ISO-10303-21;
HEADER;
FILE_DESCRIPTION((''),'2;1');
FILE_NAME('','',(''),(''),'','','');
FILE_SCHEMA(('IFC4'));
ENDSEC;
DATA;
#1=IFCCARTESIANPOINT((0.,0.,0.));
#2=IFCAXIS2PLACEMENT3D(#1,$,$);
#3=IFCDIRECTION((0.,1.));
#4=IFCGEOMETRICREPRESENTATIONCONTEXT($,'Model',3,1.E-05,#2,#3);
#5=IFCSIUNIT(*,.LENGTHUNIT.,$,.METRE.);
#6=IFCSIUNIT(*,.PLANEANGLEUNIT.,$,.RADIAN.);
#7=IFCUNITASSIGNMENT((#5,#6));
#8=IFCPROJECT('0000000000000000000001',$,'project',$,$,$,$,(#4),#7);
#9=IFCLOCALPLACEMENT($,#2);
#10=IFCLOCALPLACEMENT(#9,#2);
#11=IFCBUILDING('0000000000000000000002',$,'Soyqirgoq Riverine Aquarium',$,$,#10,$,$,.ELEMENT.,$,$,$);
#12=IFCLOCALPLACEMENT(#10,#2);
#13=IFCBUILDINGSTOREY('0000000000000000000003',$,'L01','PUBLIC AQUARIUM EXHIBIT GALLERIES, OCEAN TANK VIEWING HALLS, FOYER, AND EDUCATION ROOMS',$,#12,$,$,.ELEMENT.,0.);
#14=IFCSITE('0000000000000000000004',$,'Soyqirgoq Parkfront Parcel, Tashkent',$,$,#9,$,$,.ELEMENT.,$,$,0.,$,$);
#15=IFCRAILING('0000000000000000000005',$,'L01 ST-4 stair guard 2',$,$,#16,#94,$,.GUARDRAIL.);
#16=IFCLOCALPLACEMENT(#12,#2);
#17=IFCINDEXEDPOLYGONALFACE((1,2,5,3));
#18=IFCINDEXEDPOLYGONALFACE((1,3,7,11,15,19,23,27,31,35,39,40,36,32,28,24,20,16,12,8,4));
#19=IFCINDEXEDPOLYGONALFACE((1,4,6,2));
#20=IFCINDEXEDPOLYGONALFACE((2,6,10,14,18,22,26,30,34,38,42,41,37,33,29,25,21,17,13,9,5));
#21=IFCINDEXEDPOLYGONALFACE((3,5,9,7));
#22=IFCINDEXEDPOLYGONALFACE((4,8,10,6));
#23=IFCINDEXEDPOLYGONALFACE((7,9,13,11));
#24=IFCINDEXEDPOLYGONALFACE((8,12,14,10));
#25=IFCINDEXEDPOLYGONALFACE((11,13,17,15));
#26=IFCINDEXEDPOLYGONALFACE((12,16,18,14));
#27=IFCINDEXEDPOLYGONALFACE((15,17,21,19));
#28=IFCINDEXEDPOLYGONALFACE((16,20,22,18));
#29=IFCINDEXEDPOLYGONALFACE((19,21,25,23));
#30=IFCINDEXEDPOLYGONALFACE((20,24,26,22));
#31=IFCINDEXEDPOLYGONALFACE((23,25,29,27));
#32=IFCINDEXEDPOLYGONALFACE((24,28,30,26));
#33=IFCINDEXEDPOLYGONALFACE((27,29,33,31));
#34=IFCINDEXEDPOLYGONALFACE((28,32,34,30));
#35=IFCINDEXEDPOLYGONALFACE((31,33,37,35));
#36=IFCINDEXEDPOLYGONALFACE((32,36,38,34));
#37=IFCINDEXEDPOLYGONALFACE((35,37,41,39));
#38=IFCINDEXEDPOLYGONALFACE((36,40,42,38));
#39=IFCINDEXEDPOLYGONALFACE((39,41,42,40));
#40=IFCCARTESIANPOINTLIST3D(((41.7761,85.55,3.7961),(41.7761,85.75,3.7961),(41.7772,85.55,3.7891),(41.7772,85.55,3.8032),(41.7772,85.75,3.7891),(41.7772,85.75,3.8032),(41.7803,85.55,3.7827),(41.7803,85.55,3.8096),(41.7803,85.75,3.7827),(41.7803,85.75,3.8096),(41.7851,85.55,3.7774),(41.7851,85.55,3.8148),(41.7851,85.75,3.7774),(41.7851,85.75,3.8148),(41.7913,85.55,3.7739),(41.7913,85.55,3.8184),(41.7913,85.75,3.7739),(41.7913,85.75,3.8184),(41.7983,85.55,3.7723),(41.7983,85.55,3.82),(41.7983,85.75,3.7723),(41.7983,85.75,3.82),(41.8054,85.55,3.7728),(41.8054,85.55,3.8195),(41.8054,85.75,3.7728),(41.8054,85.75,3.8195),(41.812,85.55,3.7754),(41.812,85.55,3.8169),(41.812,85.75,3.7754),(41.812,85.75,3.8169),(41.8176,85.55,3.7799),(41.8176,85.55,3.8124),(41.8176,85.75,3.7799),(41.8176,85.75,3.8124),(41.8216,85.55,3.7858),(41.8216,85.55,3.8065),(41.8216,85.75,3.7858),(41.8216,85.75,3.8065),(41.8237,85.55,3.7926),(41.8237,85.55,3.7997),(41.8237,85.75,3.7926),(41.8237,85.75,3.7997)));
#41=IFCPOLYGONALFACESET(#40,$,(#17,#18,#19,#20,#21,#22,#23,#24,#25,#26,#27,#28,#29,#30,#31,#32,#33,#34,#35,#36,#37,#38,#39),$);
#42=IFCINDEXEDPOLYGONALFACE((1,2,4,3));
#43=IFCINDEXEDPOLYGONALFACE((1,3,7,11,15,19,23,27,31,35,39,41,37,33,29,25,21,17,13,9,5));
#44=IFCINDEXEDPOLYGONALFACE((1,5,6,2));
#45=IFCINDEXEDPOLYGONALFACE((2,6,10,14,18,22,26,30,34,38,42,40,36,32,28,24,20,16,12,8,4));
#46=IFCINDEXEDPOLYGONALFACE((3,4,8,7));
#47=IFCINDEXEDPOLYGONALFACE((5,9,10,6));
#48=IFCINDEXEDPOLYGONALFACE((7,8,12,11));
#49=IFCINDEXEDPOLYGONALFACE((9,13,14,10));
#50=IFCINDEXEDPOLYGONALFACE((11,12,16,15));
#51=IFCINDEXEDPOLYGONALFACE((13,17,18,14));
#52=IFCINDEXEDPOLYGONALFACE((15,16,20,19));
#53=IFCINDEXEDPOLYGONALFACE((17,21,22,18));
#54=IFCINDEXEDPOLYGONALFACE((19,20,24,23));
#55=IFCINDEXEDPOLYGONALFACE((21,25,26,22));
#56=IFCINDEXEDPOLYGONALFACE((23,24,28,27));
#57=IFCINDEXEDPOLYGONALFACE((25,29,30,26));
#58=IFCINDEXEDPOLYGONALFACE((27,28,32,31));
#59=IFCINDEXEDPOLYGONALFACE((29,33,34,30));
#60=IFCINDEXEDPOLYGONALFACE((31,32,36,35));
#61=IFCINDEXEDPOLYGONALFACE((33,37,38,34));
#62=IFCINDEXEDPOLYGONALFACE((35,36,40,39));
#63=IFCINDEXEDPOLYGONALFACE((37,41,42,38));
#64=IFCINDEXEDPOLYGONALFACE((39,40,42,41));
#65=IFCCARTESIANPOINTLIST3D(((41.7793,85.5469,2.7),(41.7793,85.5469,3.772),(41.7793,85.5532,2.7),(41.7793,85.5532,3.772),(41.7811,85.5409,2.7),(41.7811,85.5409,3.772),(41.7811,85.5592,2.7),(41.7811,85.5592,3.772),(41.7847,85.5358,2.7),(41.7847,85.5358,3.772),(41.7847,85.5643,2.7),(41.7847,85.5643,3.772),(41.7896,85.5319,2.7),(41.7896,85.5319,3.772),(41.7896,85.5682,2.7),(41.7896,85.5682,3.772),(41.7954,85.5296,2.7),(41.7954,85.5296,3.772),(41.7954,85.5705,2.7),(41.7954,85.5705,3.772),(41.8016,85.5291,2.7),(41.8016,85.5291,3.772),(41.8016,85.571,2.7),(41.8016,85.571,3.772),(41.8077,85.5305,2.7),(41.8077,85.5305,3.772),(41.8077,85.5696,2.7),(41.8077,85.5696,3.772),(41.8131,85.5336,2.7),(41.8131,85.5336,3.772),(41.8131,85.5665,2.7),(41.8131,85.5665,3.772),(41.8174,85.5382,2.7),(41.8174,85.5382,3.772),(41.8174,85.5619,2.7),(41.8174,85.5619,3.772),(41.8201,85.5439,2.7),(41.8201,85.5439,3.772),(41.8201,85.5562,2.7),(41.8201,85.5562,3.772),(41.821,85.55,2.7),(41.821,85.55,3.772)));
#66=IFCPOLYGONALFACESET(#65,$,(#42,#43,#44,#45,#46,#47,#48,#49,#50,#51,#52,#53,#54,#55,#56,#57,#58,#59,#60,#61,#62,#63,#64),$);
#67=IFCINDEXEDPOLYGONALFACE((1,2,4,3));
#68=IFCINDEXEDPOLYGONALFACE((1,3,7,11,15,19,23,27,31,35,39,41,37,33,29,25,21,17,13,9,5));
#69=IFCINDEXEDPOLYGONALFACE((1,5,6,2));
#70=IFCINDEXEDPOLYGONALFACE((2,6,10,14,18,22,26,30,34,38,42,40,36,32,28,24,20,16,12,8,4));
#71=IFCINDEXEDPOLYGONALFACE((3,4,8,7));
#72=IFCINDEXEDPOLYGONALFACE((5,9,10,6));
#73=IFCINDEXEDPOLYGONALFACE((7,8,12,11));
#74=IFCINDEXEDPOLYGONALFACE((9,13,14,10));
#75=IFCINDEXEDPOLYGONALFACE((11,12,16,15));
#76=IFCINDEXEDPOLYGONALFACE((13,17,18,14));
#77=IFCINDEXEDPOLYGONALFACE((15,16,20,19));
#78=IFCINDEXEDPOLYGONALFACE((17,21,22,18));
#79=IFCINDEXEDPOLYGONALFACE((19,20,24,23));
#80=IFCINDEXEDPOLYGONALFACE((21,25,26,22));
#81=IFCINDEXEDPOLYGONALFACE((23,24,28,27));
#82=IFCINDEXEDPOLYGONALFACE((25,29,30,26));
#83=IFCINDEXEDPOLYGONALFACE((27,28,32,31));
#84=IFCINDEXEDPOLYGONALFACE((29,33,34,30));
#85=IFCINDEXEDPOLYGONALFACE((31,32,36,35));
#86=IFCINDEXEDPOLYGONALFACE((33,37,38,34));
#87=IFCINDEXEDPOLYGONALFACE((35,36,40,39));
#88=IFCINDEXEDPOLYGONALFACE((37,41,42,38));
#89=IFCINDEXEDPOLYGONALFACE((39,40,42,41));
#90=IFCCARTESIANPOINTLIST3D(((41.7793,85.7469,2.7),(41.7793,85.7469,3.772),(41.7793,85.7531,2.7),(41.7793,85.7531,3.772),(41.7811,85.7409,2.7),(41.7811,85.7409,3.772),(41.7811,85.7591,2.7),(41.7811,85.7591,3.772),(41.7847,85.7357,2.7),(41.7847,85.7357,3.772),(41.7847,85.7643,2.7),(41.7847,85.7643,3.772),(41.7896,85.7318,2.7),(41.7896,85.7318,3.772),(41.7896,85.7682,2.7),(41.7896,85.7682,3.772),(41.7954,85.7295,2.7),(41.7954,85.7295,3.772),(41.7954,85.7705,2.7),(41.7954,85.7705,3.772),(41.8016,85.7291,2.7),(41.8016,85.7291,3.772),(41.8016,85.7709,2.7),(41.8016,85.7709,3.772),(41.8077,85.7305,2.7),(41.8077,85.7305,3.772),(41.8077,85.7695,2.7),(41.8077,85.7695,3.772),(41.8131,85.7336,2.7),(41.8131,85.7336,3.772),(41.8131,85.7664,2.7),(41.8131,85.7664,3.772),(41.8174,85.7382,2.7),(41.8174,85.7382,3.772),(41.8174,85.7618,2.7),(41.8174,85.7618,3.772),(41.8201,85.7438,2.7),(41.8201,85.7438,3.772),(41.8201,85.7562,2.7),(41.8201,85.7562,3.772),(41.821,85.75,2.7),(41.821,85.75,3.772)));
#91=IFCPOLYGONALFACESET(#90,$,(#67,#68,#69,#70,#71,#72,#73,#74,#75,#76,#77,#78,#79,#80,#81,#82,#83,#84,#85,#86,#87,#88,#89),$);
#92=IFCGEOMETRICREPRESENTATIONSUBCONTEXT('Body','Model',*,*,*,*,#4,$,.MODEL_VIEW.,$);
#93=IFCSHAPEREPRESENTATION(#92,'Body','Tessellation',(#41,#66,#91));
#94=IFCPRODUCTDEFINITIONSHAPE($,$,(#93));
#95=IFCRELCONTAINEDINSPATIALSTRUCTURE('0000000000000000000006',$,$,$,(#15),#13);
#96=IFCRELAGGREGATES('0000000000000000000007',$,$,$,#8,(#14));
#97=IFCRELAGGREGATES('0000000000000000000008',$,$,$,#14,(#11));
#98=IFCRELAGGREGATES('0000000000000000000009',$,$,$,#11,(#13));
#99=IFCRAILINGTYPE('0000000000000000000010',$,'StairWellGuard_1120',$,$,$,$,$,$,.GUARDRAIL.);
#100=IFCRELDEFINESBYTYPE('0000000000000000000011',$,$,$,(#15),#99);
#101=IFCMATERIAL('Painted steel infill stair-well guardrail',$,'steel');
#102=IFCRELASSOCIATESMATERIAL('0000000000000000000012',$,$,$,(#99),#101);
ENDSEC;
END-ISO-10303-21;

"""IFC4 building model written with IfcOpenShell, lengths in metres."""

from ifc_helpers import new_model, si_unit, direction, frame, origin, origin_2d, place, context, subcontext, project, spatial, circle, extrude, material, type_object, element, save


model = new_model("IFC4")

# Units and contexts
model_context = context("Model", 3, precision=1e-05, world=origin(), true_north=direction((0.0, 1.0)))
body_context = subcontext(model_context, "Body", "Model", "MODEL_VIEW")
ifc_project = project(units=[si_unit("LENGTHUNIT", "METRE"), si_unit("PLANEANGLEUNIT", "RADIAN")], contexts=[model_context])

# Site, building, storey
site_placement = place(None, origin())
site = spatial("IfcSite", under=ifc_project, at=site_placement, Name="Soyqirgoq Parkfront Parcel, Tashkent", CompositionType="ELEMENT", RefElevation=0.0)
building_placement = place(site_placement, origin())
building = spatial("IfcBuilding", under=site, at=building_placement, Name="Soyqirgoq Riverine Aquarium", CompositionType="ELEMENT")
storey_placement = place(building_placement, origin())
storey = spatial("IfcBuildingStorey", under=building, at=storey_placement, Name="L01", Description="PUBLIC AQUARIUM EXHIBIT GALLERIES, OCEAN TANK VIEWING HALLS, FOYER, AND EDUCATION ROOMS", CompositionType="ELEMENT", Elevation=0.0)

# Railing
ifc_material_1 = material(Name="Painted steel infill stair-well guardrail", Category="steel")
railing_type_1 = type_object("IfcRailingType", Name="StairWellGuard_1120", PredefinedType="GUARDRAIL", material=ifc_material_1)
railing_1_placement = place(storey_placement, frame((41.8, 85.55, 2.7)))
element("IfcRailing", 1, at=railing_1_placement, inside=storey, type_object=railing_type_1, Name="L01 ST-4 stair guard 2", PredefinedType="GUARDRAIL", context=body_context, shape_type="SweptSolid", body=[
    extrude(circle(Radius=0.0239, at=origin_2d()), frame((0.0, 0.0, 1.0962), z_axis=(0.0, 1.0, 0.0), x_axis=(-1.0, 0.0, 0.0)), (0.0, 0.0, 1.0), 0.2),
    extrude(circle(Radius=0.021, at=origin_2d()), origin(), (0.0, 0.0, 1.0), 1.072),
    extrude(circle(Radius=0.021, at=origin_2d()), frame((0.0, 0.2, 0.0)), (0.0, 0.0, 1.0), 1.072),
])

save(model, "model.ifc")
